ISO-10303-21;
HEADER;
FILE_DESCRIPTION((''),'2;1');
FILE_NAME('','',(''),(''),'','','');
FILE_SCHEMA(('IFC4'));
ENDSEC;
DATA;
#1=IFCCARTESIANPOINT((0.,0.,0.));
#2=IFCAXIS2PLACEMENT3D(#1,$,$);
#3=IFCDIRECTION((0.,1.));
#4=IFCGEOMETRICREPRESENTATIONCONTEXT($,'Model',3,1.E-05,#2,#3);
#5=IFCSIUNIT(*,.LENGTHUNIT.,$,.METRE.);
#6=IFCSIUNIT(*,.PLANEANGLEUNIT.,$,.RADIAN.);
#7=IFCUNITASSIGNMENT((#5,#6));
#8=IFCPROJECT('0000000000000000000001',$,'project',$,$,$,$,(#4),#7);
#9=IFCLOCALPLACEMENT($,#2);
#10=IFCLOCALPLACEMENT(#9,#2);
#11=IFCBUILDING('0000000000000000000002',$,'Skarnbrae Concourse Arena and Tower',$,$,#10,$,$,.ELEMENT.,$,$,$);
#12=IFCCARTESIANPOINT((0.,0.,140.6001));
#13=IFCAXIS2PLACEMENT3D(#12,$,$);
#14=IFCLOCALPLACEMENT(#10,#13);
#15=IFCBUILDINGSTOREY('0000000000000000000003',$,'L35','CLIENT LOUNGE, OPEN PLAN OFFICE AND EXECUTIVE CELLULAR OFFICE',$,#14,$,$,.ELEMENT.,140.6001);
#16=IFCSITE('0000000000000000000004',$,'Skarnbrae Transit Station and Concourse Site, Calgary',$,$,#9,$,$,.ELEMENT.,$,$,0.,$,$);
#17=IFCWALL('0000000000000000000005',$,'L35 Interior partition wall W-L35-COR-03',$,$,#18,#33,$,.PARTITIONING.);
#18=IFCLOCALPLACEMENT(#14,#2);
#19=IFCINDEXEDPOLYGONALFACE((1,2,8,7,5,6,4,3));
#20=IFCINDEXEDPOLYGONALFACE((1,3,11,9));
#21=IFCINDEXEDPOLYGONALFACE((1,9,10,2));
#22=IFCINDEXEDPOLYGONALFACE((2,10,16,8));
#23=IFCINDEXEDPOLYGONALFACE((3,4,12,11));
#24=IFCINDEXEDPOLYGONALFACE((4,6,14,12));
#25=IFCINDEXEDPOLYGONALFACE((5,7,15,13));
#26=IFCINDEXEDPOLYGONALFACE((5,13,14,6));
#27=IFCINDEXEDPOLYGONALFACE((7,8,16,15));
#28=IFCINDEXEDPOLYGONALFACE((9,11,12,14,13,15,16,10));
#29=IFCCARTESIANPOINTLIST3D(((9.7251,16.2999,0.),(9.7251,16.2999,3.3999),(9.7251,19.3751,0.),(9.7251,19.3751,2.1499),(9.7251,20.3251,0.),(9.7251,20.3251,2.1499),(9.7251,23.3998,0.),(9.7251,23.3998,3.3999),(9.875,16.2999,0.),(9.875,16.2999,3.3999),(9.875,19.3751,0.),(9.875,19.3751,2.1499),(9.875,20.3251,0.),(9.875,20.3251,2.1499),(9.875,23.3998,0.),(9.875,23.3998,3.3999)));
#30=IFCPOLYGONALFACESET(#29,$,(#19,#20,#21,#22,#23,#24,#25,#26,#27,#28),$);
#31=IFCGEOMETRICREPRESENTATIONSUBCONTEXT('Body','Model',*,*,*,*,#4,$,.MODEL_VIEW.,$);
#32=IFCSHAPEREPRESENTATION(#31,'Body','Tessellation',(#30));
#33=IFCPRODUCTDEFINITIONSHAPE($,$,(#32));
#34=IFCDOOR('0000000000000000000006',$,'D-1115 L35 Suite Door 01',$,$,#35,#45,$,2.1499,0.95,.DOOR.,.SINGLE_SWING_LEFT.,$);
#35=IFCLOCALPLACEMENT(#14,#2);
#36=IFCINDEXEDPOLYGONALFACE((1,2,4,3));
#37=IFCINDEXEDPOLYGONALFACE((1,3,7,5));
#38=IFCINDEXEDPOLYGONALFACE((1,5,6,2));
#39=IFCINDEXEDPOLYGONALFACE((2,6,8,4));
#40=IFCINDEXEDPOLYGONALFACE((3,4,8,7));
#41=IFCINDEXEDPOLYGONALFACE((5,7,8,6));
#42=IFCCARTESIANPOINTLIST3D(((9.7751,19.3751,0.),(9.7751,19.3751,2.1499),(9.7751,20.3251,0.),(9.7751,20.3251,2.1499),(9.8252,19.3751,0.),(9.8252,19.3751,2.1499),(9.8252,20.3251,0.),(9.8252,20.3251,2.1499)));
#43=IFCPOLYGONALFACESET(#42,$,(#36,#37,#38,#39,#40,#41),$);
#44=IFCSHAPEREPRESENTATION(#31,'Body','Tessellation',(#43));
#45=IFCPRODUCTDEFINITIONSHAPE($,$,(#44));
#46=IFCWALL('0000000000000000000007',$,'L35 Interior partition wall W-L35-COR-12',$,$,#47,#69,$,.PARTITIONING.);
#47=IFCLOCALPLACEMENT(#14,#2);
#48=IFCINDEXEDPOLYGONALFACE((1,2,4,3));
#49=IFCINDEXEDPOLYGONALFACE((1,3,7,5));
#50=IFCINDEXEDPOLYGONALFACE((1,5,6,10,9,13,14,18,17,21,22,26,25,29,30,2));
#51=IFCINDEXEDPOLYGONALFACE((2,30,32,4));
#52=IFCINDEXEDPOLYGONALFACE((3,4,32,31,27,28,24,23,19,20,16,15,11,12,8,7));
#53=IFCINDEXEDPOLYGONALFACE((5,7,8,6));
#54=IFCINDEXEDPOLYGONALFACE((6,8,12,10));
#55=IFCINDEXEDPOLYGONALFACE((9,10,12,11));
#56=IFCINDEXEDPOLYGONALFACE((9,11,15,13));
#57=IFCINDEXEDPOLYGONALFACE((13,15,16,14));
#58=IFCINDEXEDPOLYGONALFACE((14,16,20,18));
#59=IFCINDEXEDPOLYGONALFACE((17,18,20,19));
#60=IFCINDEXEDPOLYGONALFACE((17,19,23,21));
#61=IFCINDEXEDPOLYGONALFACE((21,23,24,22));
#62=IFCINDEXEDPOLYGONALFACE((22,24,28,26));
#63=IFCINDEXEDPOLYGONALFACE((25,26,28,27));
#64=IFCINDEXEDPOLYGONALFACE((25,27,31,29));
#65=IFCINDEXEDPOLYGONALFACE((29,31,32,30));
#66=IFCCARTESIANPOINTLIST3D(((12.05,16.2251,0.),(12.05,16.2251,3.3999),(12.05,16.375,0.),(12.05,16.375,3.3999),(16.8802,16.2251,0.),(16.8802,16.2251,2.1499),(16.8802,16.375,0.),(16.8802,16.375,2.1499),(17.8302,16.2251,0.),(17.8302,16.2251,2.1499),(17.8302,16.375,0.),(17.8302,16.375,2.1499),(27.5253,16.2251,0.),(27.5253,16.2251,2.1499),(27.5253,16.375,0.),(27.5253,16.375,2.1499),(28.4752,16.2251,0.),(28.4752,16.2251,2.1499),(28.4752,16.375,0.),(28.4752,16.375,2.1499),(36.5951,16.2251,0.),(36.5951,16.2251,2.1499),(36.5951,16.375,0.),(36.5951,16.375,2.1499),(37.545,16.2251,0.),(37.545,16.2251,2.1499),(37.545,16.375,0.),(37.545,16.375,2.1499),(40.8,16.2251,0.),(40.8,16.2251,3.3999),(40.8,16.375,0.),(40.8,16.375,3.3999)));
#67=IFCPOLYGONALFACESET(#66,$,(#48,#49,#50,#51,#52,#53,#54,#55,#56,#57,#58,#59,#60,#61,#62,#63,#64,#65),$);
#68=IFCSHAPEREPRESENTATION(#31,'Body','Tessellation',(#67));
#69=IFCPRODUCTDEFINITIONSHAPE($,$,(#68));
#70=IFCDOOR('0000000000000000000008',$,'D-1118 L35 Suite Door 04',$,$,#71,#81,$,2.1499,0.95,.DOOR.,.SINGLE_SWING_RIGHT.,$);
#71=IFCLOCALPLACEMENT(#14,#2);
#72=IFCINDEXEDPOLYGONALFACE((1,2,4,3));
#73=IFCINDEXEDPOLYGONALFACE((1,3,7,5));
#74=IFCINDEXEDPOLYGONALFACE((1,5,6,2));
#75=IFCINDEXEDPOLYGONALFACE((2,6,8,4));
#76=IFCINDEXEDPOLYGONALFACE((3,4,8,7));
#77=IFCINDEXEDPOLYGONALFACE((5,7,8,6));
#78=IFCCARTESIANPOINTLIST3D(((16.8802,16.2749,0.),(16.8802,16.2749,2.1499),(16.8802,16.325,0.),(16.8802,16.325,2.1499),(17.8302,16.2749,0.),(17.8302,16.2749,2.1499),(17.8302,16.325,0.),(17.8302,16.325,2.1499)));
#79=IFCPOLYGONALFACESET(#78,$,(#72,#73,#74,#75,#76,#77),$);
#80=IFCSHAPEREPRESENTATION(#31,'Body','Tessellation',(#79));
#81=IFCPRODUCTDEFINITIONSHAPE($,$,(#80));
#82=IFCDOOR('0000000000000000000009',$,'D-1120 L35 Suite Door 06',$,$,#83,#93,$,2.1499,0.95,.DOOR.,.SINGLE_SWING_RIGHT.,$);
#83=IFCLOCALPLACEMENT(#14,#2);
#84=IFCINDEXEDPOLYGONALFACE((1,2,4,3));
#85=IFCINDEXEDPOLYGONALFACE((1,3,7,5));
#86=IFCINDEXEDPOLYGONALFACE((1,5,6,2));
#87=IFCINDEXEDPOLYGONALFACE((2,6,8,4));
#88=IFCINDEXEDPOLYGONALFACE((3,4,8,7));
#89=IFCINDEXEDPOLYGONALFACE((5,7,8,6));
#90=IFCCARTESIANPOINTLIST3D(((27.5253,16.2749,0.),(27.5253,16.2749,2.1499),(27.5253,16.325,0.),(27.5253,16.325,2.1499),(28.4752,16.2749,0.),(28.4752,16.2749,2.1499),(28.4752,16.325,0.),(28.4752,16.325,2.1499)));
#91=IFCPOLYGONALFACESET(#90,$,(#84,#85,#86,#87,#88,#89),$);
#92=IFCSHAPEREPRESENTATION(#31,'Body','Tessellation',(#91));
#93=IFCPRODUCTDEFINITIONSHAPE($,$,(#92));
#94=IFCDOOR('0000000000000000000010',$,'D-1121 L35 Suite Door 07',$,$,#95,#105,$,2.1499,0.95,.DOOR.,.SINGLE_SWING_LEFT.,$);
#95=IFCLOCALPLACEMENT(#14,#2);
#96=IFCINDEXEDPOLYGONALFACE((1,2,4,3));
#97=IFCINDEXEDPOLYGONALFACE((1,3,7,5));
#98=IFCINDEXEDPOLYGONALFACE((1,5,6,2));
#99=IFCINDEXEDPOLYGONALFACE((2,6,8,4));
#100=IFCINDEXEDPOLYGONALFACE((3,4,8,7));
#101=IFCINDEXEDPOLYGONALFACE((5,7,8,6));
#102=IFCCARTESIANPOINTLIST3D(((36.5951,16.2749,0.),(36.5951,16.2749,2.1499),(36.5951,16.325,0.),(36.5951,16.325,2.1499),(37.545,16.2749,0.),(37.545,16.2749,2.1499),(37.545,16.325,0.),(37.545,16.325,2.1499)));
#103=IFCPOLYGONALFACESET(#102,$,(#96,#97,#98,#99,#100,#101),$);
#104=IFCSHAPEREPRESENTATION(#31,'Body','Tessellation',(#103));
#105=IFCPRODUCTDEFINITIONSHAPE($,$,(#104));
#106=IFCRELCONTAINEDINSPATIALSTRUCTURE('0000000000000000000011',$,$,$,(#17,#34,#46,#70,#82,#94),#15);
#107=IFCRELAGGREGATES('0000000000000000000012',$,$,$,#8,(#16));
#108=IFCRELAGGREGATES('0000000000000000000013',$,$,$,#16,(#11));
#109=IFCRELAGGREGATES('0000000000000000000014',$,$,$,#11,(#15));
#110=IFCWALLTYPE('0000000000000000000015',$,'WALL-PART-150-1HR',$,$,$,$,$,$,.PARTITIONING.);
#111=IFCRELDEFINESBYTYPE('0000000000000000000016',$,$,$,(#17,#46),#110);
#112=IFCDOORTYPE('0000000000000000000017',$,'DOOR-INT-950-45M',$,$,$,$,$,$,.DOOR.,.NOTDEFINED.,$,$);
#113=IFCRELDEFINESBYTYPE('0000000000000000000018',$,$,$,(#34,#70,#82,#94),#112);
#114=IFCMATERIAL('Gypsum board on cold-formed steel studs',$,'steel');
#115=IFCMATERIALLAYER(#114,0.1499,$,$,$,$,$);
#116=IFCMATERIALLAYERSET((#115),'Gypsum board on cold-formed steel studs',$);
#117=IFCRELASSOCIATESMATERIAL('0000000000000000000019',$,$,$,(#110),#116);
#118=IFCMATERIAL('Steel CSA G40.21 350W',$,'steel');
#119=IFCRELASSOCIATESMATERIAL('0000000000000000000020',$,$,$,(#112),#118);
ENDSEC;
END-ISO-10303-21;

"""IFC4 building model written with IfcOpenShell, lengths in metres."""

from ifc_helpers import new_model, si_unit, direction, frame, frame_2d, origin, place, context, subcontext, project, spatial, rectangle, extrude, source, transform, mapped, material, layer, layer_set, type_object, element, fill, save


model = new_model("IFC4")

# Units and contexts
model_context = context("Model", 3, precision=1e-05, world=origin(), true_north=direction((0.0, 1.0)))
body_context = subcontext(model_context, "Body", "Model", "MODEL_VIEW")
ifc_project = project(units=[si_unit("LENGTHUNIT", "METRE"), si_unit("PLANEANGLEUNIT", "RADIAN")], contexts=[model_context])

# Site, building, storey
site_placement = place(None, origin())
site = spatial("IfcSite", under=ifc_project, at=site_placement, Name="Skarnbrae Transit Station and Concourse Site, Calgary", CompositionType="ELEMENT", RefElevation=0.0)
building_placement = place(site_placement, origin())
building = spatial("IfcBuilding", under=site, at=building_placement, Name="Skarnbrae Concourse Arena and Tower", CompositionType="ELEMENT")
storey_placement = place(building_placement, frame((0.0, 0.0, 140.6001)))
storey = spatial("IfcBuildingStorey", under=building, at=storey_placement, Name="L35", Description="CLIENT LOUNGE, OPEN PLAN OFFICE AND EXECUTIVE CELLULAR OFFICE", CompositionType="ELEMENT", Elevation=140.6001)

# Shared definitions
ifc_material_1 = material(Name="Steel CSA G40.21 350W", Category="steel")

# Shared definitions
ifc_material_2 = material(Name="Gypsum board on cold-formed steel studs", Category="steel")

# Wall, opening, door
ifc_layer_1 = layer(ifc_material_2, 0.1499)
ifc_layer_set_1 = layer_set([ifc_layer_1], Name="Gypsum board on cold-formed steel studs")
wall_type_1 = type_object("IfcWallType", Name="WALL-PART-150-1HR", PredefinedType="PARTITIONING", material=ifc_layer_set_1)
shared_shape_1 = source(origin(), body_context, "Body", "SweptSolid", [
    extrude(rectangle(XDim=7.0999, YDim=0.1499, at=frame_2d((3.5498, 0.0))), origin(), (0.0, 0.0, 1.0), 3.3999),
])
wall_1_placement = place(storey_placement, frame((9.8, 16.3, 0.0), z_axis=(0.0, 0.0, 1.0), x_axis=(0.0, 1.0, 0.0)))
wall_1 = element("IfcWall", 1, at=wall_1_placement, inside=storey, type_object=wall_type_1, Name="L35 Interior partition wall W-L35-COR-03", PredefinedType="PARTITIONING", context=body_context, shape_type="MappedRepresentation", body=[
    mapped(shared_shape_1, transform((0.0, 0.0, 0.0))),
])
opening_1_placement = place(wall_1_placement, frame((3.075, 0.0, 0.0)))
opening_1 = element("IfcOpeningElement", 2, at=opening_1_placement, cuts=wall_1, PredefinedType="OPENING", context=body_context, shape_type="SweptSolid", body=[
    extrude(rectangle(XDim=0.95, YDim=2.1499, at=frame_2d((0.4751, 1.075))), frame((0.0, 0.085, 0.0), z_axis=(0.0, -1.0, 0.0), x_axis=(1.0, 0.0, 0.0)), (0.0, 0.0, 1.0), 0.1699),
])
door_type_1 = type_object("IfcDoorType", Name="DOOR-INT-950-45M", OperationType="NOTDEFINED", PredefinedType="DOOR", material=ifc_material_1)
shared_shape_2 = source(origin(), body_context, "Body", "SweptSolid", [
    extrude(rectangle(XDim=0.95, YDim=2.1499, at=frame_2d((0.4751, 1.075))), frame((0.0, 0.0249, 0.0), z_axis=(0.0, -1.0, 0.0), x_axis=(1.0, 0.0, 0.0)), (0.0, 0.0, 1.0), 0.05),
])
door_1_placement = place(opening_1_placement, origin())
door_1 = element("IfcDoor", 3, at=door_1_placement, inside=storey, type_object=door_type_1, Name="D-1115 L35 Suite Door 01", OperationType="SINGLE_SWING_LEFT", OverallHeight=2.1499, OverallWidth=0.95, PredefinedType="DOOR", context=body_context, shape_type="MappedRepresentation", body=[
    mapped(shared_shape_2, transform((0.0, 0.0, 0.0))),
])
fill(opening_1, door_1)

# Wall, openings, doors
shared_shape_3 = source(origin(), body_context, "Body", "SweptSolid", [
    extrude(rectangle(XDim=28.75, YDim=0.1499, at=frame_2d((14.375, 0.0))), origin(), (0.0, 0.0, 1.0), 3.3999),
])
wall_2_placement = place(storey_placement, frame((12.05, 16.3, 0.0), z_axis=(0.0, 0.0, 1.0), x_axis=(1.0, 0.0, 0.0)))
wall_2 = element("IfcWall", 4, at=wall_2_placement, inside=storey, type_object=wall_type_1, Name="L35 Interior partition wall W-L35-COR-12", PredefinedType="PARTITIONING", context=body_context, shape_type="MappedRepresentation", body=[
    mapped(shared_shape_3, transform((0.0, 0.0, 0.0))),
])
opening_2_placement = place(wall_2_placement, frame((4.8301, 0.0, 0.0)))
opening_2 = element("IfcOpeningElement", 5, at=opening_2_placement, cuts=wall_2, PredefinedType="OPENING", context=body_context, shape_type="SweptSolid", body=[
    extrude(rectangle(XDim=0.95, YDim=2.1499, at=frame_2d((0.4751, 1.075))), frame((0.0, 0.085, 0.0), z_axis=(0.0, -1.0, 0.0), x_axis=(1.0, 0.0, 0.0)), (0.0, 0.0, 1.0), 0.1699),
])
opening_3_placement = place(wall_2_placement, frame((15.4751, 0.0, 0.0)))
opening_3 = element("IfcOpeningElement", 6, at=opening_3_placement, cuts=wall_2, PredefinedType="OPENING", context=body_context, shape_type="SweptSolid", body=[
    extrude(rectangle(XDim=0.95, YDim=2.1499, at=frame_2d((0.4751, 1.075))), frame((0.0, 0.085, 0.0), z_axis=(0.0, -1.0, 0.0), x_axis=(1.0, 0.0, 0.0)), (0.0, 0.0, 1.0), 0.1699),
])
opening_4_placement = place(wall_2_placement, frame((24.5449, 0.0, 0.0)))
opening_4 = element("IfcOpeningElement", 7, at=opening_4_placement, cuts=wall_2, PredefinedType="OPENING", context=body_context, shape_type="SweptSolid", body=[
    extrude(rectangle(XDim=0.95, YDim=2.1499, at=frame_2d((0.4751, 1.075))), frame((0.0, 0.085, 0.0), z_axis=(0.0, -1.0, 0.0), x_axis=(1.0, 0.0, 0.0)), (0.0, 0.0, 1.0), 0.1699),
])
door_2_placement = place(opening_2_placement, origin())
door_2 = element("IfcDoor", 8, at=door_2_placement, inside=storey, type_object=door_type_1, Name="D-1118 L35 Suite Door 04", OperationType="SINGLE_SWING_RIGHT", OverallHeight=2.1499, OverallWidth=0.95, PredefinedType="DOOR", context=body_context, shape_type="MappedRepresentation", body=[
    mapped(shared_shape_2, transform((0.0, 0.0, 0.0))),
])
fill(opening_2, door_2)
door_3_placement = place(opening_3_placement, origin())
door_3 = element("IfcDoor", 9, at=door_3_placement, inside=storey, type_object=door_type_1, Name="D-1120 L35 Suite Door 06", OperationType="SINGLE_SWING_RIGHT", OverallHeight=2.1499, OverallWidth=0.95, PredefinedType="DOOR", context=body_context, shape_type="MappedRepresentation", body=[
    mapped(shared_shape_2, transform((0.0, 0.0, 0.0))),
])
fill(opening_3, door_3)
door_4_placement = place(opening_4_placement, origin())
door_4 = element("IfcDoor", 10, at=door_4_placement, inside=storey, type_object=door_type_1, Name="D-1121 L35 Suite Door 07", OperationType="SINGLE_SWING_LEFT", OverallHeight=2.1499, OverallWidth=0.95, PredefinedType="DOOR", context=body_context, shape_type="MappedRepresentation", body=[
    mapped(shared_shape_2, transform((0.0, 0.0, 0.0))),
])
fill(opening_4, door_4)

save(model, "model.ifc")
